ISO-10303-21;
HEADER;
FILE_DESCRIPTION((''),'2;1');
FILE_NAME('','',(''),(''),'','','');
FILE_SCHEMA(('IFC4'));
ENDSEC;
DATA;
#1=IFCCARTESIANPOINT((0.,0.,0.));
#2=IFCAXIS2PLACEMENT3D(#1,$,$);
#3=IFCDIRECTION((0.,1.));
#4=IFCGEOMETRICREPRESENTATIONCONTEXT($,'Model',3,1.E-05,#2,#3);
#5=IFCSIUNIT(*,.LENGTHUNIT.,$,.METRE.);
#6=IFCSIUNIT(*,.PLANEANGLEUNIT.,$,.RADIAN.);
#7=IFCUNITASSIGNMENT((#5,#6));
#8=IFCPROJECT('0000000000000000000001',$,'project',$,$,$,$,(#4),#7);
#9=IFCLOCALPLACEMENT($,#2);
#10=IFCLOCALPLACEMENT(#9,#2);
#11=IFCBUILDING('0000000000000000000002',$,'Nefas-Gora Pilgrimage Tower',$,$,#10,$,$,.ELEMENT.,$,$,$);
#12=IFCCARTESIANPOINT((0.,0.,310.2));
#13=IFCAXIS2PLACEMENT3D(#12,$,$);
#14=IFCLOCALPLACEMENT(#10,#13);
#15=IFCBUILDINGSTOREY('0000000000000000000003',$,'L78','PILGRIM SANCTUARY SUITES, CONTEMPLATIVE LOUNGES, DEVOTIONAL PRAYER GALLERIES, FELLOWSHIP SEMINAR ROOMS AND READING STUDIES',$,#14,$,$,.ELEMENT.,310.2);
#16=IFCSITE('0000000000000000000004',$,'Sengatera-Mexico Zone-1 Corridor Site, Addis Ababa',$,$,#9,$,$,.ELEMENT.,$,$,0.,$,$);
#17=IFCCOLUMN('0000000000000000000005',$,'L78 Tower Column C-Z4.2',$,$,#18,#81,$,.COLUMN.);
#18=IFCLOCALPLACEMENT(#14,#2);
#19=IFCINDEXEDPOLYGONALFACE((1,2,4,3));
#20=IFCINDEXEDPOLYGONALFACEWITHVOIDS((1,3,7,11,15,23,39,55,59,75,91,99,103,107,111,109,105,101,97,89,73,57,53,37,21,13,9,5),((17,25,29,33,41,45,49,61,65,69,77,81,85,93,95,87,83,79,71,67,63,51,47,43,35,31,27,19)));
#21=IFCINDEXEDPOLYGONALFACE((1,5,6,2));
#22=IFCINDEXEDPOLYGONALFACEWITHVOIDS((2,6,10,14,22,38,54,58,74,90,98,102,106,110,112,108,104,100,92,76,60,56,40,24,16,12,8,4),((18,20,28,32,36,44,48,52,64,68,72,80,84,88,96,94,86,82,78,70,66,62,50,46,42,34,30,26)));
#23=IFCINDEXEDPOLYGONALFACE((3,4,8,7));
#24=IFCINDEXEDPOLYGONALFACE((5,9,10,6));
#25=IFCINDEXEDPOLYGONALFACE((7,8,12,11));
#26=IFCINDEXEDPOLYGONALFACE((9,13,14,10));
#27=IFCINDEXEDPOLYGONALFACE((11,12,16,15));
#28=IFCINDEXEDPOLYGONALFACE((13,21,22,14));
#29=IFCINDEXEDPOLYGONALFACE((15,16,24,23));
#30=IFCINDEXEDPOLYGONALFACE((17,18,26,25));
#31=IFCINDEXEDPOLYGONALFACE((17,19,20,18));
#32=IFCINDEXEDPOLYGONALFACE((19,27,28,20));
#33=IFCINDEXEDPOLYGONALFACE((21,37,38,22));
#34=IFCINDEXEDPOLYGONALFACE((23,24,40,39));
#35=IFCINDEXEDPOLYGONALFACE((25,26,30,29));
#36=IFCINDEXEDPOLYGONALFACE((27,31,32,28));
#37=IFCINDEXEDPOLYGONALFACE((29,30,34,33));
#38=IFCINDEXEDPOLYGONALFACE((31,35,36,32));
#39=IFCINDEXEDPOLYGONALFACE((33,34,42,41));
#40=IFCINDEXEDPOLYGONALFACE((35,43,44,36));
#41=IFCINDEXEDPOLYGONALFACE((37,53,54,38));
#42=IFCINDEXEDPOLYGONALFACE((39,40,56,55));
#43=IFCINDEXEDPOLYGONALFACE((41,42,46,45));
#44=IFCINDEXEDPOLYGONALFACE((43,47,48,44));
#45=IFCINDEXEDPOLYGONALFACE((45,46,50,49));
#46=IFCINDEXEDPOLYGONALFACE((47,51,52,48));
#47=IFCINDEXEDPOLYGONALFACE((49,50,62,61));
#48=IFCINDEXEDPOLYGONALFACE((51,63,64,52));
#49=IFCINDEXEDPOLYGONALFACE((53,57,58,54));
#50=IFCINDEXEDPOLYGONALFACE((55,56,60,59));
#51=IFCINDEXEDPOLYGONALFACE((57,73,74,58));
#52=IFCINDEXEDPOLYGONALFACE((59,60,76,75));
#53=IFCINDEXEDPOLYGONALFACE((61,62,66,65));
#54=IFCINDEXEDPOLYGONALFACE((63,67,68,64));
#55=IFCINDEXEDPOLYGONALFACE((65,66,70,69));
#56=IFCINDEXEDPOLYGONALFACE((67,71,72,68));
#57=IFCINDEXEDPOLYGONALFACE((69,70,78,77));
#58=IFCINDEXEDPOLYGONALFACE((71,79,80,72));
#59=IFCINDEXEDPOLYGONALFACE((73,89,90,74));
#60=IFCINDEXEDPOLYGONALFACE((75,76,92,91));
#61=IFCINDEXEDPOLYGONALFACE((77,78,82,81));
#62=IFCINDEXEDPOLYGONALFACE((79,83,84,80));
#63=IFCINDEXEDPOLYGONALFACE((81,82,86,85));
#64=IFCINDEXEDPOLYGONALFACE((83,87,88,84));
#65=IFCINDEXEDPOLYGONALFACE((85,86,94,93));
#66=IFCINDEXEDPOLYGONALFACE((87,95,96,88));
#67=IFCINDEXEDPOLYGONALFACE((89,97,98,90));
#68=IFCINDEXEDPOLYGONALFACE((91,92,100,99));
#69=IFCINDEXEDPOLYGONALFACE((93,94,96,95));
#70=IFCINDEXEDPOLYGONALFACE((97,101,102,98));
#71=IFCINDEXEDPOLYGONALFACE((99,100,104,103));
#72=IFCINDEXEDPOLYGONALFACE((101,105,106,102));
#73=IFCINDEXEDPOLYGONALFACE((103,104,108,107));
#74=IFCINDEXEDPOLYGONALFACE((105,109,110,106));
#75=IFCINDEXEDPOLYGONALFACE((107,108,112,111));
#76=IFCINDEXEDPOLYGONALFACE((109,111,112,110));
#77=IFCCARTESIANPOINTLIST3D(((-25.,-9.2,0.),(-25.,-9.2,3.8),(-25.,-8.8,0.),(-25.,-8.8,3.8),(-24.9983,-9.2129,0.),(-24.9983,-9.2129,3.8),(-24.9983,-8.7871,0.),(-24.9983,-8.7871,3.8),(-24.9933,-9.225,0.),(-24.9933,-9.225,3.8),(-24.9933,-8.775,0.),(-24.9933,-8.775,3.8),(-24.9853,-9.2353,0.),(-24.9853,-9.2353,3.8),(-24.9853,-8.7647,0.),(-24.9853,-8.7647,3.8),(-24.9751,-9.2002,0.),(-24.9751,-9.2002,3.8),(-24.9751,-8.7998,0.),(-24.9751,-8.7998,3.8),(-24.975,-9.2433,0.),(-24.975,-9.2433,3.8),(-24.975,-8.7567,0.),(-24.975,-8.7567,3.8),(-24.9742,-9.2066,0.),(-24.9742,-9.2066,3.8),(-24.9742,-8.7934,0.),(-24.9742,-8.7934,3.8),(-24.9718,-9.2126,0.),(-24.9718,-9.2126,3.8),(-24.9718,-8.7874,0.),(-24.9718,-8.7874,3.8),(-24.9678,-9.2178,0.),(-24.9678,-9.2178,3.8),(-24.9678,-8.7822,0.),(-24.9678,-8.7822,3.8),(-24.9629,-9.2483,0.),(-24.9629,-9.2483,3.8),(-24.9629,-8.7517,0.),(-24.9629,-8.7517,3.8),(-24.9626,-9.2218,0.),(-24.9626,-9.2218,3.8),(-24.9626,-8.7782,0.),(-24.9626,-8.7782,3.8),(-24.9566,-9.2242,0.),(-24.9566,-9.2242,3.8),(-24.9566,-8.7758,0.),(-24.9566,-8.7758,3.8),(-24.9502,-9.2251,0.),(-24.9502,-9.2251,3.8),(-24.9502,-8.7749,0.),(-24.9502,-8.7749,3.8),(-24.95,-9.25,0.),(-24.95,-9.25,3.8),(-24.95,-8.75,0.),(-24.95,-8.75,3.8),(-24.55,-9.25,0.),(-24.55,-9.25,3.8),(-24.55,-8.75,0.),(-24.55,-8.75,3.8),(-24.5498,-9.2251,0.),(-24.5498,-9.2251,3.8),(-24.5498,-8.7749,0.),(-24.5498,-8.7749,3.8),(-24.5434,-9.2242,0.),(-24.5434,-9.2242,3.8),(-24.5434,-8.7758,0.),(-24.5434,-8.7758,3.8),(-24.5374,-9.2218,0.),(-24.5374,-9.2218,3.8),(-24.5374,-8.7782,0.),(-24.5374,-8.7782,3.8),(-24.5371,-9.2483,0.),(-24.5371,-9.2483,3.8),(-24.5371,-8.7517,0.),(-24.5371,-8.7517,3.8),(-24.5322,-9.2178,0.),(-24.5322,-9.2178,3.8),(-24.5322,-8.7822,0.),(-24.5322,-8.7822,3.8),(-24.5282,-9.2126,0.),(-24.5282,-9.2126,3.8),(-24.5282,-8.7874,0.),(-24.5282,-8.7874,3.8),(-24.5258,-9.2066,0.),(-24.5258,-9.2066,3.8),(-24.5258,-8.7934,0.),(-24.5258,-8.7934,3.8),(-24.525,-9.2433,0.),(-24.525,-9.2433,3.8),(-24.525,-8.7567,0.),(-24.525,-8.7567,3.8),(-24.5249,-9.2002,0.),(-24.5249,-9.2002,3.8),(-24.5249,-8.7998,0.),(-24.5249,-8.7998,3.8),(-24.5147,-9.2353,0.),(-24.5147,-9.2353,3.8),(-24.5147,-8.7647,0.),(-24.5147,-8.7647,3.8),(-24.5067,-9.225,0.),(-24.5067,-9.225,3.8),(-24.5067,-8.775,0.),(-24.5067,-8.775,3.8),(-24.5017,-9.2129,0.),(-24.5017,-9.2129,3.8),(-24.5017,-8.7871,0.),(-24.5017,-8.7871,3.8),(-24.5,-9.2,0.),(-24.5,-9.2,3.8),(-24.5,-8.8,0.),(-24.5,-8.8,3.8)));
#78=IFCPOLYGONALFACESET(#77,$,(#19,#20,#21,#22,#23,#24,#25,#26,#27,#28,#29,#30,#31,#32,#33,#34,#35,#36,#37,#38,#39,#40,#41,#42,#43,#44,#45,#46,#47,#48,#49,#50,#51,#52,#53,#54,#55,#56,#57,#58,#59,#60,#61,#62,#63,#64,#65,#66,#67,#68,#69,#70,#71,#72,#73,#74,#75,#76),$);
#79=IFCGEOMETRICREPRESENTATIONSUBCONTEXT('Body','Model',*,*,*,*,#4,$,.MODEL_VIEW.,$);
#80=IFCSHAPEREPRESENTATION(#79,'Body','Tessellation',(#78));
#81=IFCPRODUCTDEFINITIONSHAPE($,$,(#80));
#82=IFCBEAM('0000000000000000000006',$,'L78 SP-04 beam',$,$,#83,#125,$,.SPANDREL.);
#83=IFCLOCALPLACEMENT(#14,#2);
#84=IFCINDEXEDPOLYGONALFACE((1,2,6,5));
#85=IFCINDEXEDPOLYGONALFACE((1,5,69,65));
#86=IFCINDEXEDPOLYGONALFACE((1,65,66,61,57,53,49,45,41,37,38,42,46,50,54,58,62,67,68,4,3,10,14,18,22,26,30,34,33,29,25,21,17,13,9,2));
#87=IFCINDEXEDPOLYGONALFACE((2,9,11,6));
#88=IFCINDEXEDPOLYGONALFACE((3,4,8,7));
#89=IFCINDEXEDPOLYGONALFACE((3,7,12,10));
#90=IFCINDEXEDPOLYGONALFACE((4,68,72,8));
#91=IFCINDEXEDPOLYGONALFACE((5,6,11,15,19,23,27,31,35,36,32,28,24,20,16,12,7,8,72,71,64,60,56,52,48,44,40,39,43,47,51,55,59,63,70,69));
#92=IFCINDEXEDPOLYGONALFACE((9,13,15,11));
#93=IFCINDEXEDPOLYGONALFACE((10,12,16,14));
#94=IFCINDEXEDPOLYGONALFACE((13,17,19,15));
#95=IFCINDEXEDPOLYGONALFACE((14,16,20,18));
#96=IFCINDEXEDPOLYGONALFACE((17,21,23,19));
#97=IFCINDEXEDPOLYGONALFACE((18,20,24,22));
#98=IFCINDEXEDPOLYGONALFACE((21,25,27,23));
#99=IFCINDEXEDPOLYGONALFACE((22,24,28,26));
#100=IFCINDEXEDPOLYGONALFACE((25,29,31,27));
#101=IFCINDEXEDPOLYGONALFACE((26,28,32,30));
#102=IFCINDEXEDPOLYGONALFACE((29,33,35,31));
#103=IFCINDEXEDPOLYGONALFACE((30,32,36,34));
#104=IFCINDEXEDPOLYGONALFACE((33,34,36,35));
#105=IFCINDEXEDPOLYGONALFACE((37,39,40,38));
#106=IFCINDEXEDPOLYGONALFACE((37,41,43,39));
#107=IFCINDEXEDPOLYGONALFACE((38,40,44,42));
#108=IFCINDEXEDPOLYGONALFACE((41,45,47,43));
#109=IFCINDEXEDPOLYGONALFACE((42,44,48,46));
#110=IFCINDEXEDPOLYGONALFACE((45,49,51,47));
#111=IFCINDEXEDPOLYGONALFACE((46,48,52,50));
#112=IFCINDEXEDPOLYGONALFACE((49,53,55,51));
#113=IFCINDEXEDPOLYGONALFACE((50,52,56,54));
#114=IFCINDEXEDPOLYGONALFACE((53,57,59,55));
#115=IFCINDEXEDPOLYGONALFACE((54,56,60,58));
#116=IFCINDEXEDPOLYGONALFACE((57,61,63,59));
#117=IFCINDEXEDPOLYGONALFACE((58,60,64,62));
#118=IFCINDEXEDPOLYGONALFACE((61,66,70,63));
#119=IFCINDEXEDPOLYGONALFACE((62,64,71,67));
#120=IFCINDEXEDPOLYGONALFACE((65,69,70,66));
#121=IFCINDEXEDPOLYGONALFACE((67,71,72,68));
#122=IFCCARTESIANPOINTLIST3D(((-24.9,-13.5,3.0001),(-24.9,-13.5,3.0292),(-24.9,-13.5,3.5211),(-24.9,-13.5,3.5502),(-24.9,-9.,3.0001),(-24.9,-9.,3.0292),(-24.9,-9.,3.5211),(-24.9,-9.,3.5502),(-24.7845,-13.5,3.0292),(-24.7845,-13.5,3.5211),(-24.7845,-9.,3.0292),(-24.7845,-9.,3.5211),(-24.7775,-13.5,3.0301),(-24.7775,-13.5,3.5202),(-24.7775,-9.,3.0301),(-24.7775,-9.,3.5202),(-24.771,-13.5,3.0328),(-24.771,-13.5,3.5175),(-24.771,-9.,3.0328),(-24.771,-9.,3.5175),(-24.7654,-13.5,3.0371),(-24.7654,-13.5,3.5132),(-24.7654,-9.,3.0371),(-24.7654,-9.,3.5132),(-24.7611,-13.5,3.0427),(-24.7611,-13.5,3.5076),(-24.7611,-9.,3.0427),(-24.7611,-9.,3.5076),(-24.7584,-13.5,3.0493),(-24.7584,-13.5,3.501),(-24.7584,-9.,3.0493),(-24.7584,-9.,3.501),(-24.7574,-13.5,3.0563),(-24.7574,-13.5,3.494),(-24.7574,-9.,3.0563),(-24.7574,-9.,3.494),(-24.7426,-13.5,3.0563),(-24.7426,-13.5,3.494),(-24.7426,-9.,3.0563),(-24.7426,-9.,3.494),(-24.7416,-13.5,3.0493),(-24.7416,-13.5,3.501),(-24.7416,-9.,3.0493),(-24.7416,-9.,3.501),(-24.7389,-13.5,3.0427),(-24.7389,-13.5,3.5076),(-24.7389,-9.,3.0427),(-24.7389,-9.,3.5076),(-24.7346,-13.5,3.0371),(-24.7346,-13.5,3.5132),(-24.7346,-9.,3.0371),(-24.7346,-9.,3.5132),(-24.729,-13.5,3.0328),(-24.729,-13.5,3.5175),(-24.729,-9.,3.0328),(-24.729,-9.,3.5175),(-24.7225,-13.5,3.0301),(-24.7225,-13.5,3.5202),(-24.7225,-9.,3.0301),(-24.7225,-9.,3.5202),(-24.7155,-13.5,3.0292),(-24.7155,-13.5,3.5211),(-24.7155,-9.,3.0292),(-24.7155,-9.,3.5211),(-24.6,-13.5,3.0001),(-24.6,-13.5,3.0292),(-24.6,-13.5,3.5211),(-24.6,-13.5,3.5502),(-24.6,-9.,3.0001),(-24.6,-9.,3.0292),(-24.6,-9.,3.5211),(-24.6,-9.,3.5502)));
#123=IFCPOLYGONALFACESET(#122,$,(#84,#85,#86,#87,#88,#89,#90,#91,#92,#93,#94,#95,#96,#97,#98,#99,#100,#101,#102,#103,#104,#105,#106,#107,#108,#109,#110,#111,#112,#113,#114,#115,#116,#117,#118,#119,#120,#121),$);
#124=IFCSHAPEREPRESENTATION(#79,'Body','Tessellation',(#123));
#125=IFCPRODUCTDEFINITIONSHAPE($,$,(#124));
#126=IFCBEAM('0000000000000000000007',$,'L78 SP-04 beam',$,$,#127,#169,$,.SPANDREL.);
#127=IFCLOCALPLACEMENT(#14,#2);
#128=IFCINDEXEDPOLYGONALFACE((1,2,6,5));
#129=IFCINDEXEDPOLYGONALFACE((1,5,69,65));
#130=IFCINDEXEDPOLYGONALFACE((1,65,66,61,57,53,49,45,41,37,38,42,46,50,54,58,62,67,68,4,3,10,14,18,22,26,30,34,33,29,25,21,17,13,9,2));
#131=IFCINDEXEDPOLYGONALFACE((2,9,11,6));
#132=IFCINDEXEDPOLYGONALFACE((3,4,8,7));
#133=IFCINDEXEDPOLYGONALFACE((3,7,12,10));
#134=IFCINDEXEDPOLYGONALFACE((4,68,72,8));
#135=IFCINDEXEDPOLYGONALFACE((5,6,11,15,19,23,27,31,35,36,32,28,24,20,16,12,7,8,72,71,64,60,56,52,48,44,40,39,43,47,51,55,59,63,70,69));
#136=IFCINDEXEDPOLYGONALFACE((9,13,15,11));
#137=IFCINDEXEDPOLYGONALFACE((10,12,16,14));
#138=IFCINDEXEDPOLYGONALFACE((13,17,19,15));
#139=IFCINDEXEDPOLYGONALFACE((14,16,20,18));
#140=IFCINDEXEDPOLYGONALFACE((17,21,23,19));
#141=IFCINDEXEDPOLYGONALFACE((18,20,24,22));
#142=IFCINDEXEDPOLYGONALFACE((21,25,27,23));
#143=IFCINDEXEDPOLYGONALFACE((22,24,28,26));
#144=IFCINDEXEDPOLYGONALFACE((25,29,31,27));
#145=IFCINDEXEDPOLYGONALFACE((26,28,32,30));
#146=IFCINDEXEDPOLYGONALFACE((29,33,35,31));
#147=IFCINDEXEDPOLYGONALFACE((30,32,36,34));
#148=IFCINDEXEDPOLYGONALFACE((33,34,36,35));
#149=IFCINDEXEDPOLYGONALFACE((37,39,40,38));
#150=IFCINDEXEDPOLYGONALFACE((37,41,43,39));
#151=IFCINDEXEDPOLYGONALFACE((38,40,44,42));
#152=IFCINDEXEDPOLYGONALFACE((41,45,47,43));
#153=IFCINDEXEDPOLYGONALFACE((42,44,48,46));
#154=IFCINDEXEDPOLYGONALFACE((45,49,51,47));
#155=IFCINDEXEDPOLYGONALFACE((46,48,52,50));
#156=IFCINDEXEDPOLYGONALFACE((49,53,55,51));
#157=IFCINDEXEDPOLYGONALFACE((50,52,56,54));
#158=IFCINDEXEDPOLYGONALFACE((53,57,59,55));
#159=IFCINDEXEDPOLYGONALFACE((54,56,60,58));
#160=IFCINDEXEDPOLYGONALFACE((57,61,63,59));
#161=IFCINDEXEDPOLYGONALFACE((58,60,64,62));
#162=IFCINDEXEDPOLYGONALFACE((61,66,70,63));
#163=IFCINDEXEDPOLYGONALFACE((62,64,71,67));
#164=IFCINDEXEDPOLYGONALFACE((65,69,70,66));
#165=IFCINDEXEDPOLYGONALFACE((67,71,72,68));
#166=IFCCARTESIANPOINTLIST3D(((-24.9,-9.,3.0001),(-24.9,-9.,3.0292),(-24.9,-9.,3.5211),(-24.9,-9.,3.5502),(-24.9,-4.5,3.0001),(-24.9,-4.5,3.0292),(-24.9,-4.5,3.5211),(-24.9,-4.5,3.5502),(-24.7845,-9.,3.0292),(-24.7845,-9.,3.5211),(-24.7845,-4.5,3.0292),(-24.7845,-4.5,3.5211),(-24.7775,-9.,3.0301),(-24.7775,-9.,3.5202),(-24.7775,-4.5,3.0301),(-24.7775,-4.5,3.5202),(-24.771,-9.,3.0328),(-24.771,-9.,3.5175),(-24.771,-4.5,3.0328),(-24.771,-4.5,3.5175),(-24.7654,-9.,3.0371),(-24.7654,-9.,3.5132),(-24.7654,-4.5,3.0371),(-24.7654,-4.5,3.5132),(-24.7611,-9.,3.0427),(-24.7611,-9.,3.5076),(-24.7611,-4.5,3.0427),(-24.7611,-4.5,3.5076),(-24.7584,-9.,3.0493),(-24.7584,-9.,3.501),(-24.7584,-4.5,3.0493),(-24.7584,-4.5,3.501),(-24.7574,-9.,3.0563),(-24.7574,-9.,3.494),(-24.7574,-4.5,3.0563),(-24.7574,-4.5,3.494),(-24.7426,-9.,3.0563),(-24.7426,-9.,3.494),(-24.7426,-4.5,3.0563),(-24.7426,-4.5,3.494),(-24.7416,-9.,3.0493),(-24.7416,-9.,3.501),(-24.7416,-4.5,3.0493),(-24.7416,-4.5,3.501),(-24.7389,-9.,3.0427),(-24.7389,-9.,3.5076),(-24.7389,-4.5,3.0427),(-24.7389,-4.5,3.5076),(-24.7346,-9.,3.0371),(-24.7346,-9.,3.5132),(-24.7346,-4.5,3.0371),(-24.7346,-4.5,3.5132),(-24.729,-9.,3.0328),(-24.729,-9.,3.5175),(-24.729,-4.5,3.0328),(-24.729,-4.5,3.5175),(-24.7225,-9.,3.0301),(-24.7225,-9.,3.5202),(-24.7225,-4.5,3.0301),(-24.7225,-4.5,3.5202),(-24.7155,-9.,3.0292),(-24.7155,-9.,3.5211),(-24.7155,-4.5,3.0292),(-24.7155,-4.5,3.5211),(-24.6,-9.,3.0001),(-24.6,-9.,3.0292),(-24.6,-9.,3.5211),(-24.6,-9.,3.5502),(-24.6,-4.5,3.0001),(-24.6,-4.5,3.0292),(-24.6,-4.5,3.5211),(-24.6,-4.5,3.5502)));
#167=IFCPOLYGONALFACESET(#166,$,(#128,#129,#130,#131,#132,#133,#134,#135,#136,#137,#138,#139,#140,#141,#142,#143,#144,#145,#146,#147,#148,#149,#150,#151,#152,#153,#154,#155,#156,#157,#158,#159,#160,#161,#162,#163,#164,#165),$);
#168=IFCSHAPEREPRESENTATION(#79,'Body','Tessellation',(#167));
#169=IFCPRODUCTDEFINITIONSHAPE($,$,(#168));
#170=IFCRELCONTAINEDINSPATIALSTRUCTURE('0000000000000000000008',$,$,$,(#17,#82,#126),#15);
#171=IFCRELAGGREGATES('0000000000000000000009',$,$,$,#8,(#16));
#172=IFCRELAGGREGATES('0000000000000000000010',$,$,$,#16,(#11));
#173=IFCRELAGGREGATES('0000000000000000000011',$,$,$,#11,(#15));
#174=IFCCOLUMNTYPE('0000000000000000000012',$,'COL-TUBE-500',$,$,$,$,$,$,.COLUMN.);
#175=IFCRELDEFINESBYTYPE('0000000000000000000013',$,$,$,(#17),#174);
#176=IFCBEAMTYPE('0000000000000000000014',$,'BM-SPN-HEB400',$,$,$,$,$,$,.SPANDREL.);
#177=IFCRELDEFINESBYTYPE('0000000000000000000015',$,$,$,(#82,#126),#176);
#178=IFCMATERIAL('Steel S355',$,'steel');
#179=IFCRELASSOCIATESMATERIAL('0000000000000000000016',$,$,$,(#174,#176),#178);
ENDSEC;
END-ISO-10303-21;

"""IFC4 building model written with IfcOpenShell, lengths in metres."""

from ifc_helpers import new_model, si_unit, direction, frame, origin, origin_2d, place, context, subcontext, project, spatial, hollow_rectangle, i_section, extrude, source, transform, mapped, material, material_profile, profile_set, type_object, element, save


model = new_model("IFC4")

# Units and contexts
model_context = context("Model", 3, precision=1e-05, world=origin(), true_north=direction((0.0, 1.0)))
body_context = subcontext(model_context, "Body", "Model", "MODEL_VIEW")
ifc_project = project(units=[si_unit("LENGTHUNIT", "METRE"), si_unit("PLANEANGLEUNIT", "RADIAN")], contexts=[model_context])

# Site, building, storey
site_placement = place(None, origin())
site = spatial("IfcSite", under=ifc_project, at=site_placement, Name="Sengatera-Mexico Zone-1 Corridor Site, Addis Ababa", CompositionType="ELEMENT", RefElevation=0.0)
building_placement = place(site_placement, origin())
building = spatial("IfcBuilding", under=site, at=building_placement, Name="Nefas-Gora Pilgrimage Tower", CompositionType="ELEMENT")
storey_placement = place(building_placement, frame((0.0, 0.0, 310.2)))
storey = spatial("IfcBuildingStorey", under=building, at=storey_placement, Name="L78", Description="PILGRIM SANCTUARY SUITES, CONTEMPLATIVE LOUNGES, DEVOTIONAL PRAYER GALLERIES, FELLOWSHIP SEMINAR ROOMS AND READING STUDIES", CompositionType="ELEMENT", Elevation=310.2)

# Column
ifc_material_1 = material(Name="Steel S355", Category="steel")
ifc_material_profile_1 = material_profile(ifc_material_1, hollow_rectangle(XDim=0.5, YDim=0.5, WallThickness=0.0249, InnerFilletRadius=0.0249, OuterFilletRadius=0.05, at=origin_2d()), Name="SHS 500x500x25")
ifc_profile_set_1 = profile_set([ifc_material_profile_1], Name="Steel S355")
column_type_1 = type_object("IfcColumnType", Name="COL-TUBE-500", PredefinedType="COLUMN", material=ifc_profile_set_1)
shared_shape_1 = source(origin(), body_context, "Body", "SweptSolid", [
    extrude(hollow_rectangle(XDim=0.5, YDim=0.5, WallThickness=0.0249, InnerFilletRadius=0.0249, OuterFilletRadius=0.05, at=origin_2d()), origin(), (0.0, 0.0, 1.0), 3.8),
])
for number, where, z_axis, x_axis, name in (
    (1, (-24.75, -9.0, 0.0), (0.0, 0.0, 1.0), (1.0, 0.0, 0.0), "L78 Tower Column C-Z4.2"),
):
    element("IfcColumn", number, at=place(storey_placement, frame(where, z_axis=z_axis, x_axis=x_axis)), inside=storey, type_object=column_type_1, Name=name, PredefinedType="COLUMN", context=body_context, shape_type="MappedRepresentation", body=[
        mapped(shared_shape_1, transform((0.0, 0.0, 0.0), x_axis=(1.0, 0.0, 0.0), y_axis=(0.0, 1.0, 0.0), z_axis=(0.0, 0.0, 1.0), scale=1.0)),
    ])

# Beams
ifc_material_profile_2 = material_profile(ifc_material_1, i_section(OverallWidth=0.3, OverallDepth=0.55, WebThickness=0.0149, FlangeThickness=0.0291, FilletRadius=0.0271, at=origin_2d()), Name="HEB 550")
ifc_profile_set_2 = profile_set([ifc_material_profile_2], Name="Steel S355")
beam_type_1 = type_object("IfcBeamType", Name="BM-SPN-HEB400", PredefinedType="SPANDREL", material=ifc_profile_set_2)
shared_shape_2 = source(origin(), body_context, "Body", "SweptSolid", [
    extrude(i_section(OverallWidth=0.3, OverallDepth=0.55, WebThickness=0.0149, FlangeThickness=0.0291, FilletRadius=0.0271, at=origin_2d()), origin(), (0.0, 0.0, 1.0), 4.5),
])
for number, where, z_axis, x_axis, name in (
    (2, (-24.75, -13.5, 3.2751), (0.0, 1.0, 0.0), (-1.0, 0.0, 0.0), "L78 SP-04 beam"),
    (3, (-24.75, -9.0, 3.2751), (0.0, 1.0, 0.0), (-1.0, 0.0, 0.0), "L78 SP-04 beam"),
):
    element("IfcBeam", number, at=place(storey_placement, frame(where, z_axis=z_axis, x_axis=x_axis)), inside=storey, type_object=beam_type_1, Name=name, PredefinedType="SPANDREL", context=body_context, shape_type="MappedRepresentation", body=[
        mapped(shared_shape_2, transform((0.0, 0.0, 0.0), x_axis=(1.0, 0.0, 0.0), y_axis=(0.0, 1.0, 0.0), z_axis=(0.0, 0.0, 1.0), scale=1.0)),
    ])

save(model, "model.ifc")
